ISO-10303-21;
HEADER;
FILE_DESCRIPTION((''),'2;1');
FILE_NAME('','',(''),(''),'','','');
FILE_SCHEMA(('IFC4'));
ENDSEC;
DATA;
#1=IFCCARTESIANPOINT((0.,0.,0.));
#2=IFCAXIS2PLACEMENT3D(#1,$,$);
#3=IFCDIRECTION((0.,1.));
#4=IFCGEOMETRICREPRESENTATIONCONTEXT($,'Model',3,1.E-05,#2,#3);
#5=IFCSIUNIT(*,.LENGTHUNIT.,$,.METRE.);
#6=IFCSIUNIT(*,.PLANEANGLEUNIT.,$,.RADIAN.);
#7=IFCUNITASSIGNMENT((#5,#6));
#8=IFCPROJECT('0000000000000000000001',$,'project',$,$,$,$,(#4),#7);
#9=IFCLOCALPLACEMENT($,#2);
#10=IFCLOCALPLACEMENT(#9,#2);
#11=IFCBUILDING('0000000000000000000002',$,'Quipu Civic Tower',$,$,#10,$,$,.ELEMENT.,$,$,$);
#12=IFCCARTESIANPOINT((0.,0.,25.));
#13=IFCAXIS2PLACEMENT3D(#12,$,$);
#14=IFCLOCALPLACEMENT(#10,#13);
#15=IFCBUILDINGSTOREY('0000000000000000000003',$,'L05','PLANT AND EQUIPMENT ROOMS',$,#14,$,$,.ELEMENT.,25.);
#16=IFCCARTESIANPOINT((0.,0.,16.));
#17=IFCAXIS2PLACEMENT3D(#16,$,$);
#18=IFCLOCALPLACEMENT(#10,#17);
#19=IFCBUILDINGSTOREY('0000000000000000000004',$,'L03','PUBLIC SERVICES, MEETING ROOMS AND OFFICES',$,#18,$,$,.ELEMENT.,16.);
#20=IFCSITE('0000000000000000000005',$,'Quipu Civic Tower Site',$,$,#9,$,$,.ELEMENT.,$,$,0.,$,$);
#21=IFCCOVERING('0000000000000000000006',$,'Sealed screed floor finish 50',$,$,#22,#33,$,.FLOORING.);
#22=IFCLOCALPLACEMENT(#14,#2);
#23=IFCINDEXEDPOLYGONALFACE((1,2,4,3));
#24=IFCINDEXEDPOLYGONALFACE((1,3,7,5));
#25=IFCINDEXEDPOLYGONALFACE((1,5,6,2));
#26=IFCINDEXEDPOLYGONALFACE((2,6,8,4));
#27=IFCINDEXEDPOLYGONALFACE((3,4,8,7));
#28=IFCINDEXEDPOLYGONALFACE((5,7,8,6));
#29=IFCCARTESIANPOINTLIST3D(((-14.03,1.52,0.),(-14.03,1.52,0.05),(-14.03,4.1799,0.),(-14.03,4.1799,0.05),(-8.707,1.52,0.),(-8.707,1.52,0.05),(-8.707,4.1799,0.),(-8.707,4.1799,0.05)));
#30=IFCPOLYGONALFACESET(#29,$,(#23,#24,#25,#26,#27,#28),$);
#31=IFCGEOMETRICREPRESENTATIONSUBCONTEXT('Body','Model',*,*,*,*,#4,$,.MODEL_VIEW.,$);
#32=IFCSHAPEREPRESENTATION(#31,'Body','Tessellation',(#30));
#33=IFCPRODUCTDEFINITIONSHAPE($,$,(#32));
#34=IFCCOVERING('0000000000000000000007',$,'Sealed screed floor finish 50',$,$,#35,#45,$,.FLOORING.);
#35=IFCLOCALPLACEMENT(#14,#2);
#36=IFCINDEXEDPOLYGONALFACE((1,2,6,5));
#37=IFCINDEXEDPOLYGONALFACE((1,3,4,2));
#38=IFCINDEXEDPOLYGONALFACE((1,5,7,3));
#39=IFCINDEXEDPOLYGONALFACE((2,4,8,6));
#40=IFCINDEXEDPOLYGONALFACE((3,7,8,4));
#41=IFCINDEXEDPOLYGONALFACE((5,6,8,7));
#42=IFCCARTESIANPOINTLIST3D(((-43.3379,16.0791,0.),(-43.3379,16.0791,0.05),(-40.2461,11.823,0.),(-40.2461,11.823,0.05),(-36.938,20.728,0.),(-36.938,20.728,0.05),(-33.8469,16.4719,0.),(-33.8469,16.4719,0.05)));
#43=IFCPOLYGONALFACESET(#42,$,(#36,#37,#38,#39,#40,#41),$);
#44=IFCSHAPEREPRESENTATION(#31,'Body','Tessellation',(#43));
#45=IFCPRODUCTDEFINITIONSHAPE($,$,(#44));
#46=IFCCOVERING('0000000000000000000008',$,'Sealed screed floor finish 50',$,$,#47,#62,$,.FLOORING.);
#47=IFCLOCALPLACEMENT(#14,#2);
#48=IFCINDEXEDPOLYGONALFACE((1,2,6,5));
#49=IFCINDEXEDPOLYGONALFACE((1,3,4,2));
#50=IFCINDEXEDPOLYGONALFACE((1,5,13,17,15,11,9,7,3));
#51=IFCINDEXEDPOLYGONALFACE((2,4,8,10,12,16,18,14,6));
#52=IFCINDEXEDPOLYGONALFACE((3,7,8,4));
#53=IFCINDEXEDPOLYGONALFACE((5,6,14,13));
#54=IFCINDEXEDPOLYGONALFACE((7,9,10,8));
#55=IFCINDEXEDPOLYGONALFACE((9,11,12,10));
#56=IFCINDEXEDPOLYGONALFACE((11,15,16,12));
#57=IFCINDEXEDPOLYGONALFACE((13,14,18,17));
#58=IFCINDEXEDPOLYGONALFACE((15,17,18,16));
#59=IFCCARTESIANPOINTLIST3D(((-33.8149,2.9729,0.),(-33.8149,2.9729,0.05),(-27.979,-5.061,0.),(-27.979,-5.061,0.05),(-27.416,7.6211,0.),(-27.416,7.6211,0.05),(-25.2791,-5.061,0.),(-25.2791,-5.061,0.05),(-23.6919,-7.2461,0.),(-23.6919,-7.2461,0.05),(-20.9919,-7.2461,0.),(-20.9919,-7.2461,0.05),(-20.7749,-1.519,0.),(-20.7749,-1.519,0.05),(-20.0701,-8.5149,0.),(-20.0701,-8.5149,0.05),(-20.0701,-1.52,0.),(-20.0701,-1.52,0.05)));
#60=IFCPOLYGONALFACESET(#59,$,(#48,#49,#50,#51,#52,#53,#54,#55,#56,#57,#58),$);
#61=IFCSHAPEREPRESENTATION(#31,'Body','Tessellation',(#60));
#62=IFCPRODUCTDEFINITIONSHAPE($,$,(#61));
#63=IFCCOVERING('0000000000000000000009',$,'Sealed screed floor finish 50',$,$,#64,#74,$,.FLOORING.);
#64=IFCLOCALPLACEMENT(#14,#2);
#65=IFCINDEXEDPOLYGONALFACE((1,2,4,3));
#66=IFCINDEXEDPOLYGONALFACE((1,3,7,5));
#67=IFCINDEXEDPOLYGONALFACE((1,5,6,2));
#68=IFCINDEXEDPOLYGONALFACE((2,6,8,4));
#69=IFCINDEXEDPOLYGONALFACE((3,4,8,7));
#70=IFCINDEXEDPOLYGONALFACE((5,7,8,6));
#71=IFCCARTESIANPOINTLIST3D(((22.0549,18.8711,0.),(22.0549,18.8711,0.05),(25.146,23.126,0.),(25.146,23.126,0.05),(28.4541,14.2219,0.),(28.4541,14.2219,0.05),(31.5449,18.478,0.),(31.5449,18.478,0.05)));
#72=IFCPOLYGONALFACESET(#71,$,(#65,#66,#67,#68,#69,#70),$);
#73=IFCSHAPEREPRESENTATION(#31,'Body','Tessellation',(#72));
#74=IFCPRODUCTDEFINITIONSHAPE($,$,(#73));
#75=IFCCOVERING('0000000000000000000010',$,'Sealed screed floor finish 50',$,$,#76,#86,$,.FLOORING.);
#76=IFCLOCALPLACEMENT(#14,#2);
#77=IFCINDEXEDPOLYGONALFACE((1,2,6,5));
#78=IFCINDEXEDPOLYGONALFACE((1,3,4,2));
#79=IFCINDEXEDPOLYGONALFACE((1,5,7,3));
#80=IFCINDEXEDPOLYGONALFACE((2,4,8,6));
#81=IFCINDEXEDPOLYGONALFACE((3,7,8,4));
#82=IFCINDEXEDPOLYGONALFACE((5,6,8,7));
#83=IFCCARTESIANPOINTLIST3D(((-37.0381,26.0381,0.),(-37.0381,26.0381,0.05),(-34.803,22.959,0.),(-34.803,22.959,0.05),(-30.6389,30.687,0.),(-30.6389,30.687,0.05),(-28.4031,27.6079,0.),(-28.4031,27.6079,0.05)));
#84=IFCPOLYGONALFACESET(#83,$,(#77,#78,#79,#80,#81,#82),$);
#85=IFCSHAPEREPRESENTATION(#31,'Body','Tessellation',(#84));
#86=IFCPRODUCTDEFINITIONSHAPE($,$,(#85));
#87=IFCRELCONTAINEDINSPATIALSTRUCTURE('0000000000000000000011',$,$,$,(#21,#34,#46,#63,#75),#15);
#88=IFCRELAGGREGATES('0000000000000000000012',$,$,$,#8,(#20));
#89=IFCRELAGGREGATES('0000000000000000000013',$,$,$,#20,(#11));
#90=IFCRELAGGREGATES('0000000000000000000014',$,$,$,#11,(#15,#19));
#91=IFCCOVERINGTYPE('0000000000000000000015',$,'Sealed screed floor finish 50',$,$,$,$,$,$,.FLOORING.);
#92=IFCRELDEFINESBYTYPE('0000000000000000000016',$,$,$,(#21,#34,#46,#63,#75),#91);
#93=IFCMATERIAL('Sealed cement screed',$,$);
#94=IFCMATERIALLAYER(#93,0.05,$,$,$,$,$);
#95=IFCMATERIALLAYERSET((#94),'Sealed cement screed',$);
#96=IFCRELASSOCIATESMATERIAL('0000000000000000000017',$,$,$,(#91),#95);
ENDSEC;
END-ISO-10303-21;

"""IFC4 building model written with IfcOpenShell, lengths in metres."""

from ifc_helpers import new_model, si_unit, direction, frame, origin, place, context, subcontext, project, spatial, polyline, outline, extrude, material, layer, layer_set, type_object, element, save


model = new_model("IFC4")

# Units and contexts
model_context = context("Model", 3, precision=1e-05, world=origin(), true_north=direction((0.0, 1.0)))
body_context = subcontext(model_context, "Body", "Model", "MODEL_VIEW")
ifc_project = project(units=[si_unit("LENGTHUNIT", "METRE"), si_unit("PLANEANGLEUNIT", "RADIAN")], contexts=[model_context])

# Site, building, storey
site_placement = place(None, origin())
site = spatial("IfcSite", under=ifc_project, at=site_placement, Name="Quipu Civic Tower Site", CompositionType="ELEMENT", RefElevation=0.0)
building_placement = place(site_placement, origin())
building = spatial("IfcBuilding", under=site, at=building_placement, Name="Quipu Civic Tower", CompositionType="ELEMENT")
storey_1_placement = place(building_placement, frame((0.0, 0.0, 25.0)))
storey_1 = spatial("IfcBuildingStorey", under=building, at=storey_1_placement, Name="L05", Description="PLANT AND EQUIPMENT ROOMS", CompositionType="ELEMENT", Elevation=25.0)

# Shared definitions
storey_2_placement = place(building_placement, frame((0.0, 0.0, 16.0)))
storey_2 = spatial("IfcBuildingStorey", under=building, at=storey_2_placement, Name="L03", Description="PUBLIC SERVICES, MEETING ROOMS AND OFFICES", CompositionType="ELEMENT", Elevation=16.0)

# Coverings
ifc_material_1 = material(Name="Sealed cement screed")
ifc_layer_1 = layer(ifc_material_1, 0.05)
ifc_layer_set_1 = layer_set([ifc_layer_1], Name="Sealed cement screed")
covering_type = type_object("IfcCoveringType", Name="Sealed screed floor finish 50", PredefinedType="FLOORING", material=ifc_layer_set_1)
covering_1_placement = place(storey_1_placement, origin())
element("IfcCovering", 1, at=covering_1_placement, inside=storey_1, type_object=covering_type, Name="Sealed screed floor finish 50", PredefinedType="FLOORING", context=body_context, shape_type="SweptSolid", body=[
    extrude(outline(polyline([(-14.03, 1.52), (-14.03, 4.1799), (-8.707, 4.1799), (-8.707, 1.52), (-14.03, 1.52)])), origin(), (0.0, 0.0, 1.0), 0.05),
])
covering_2_placement = place(storey_1_placement, origin())
element("IfcCovering", 2, at=covering_2_placement, inside=storey_1, type_object=covering_type, Name="Sealed screed floor finish 50", PredefinedType="FLOORING", context=body_context, shape_type="SweptSolid", body=[
    extrude(outline(polyline([(-43.3379, 16.0791), (-36.938, 20.728), (-33.8469, 16.4719), (-40.2461, 11.823), (-43.3379, 16.0791)])), origin(), (0.0, 0.0, 1.0), 0.05),
])
covering_3_placement = place(storey_1_placement, origin())
element("IfcCovering", 3, at=covering_3_placement, inside=storey_1, type_object=covering_type, Name="Sealed screed floor finish 50", PredefinedType="FLOORING", context=body_context, shape_type="SweptSolid", body=[
    extrude(outline(polyline([(-33.8149, 2.9729), (-27.416, 7.6211), (-20.7749, -1.519), (-20.0701, -1.52), (-20.0701, -8.5149), (-20.9919, -7.2461), (-23.6919, -7.2461), (-25.2791, -5.061), (-27.979, -5.061), (-33.8149, 2.9729)])), origin(), (0.0, 0.0, 1.0), 0.05),
])
covering_4_placement = place(storey_1_placement, origin())
element("IfcCovering", 4, at=covering_4_placement, inside=storey_1, type_object=covering_type, Name="Sealed screed floor finish 50", PredefinedType="FLOORING", context=body_context, shape_type="SweptSolid", body=[
    extrude(outline(polyline([(22.0549, 18.8711), (25.146, 23.126), (31.5449, 18.478), (28.4541, 14.2219), (22.0549, 18.8711)])), origin(), (0.0, 0.0, 1.0), 0.05),
])
covering_5_placement = place(storey_1_placement, origin())
element("IfcCovering", 5, at=covering_5_placement, inside=storey_1, type_object=covering_type, Name="Sealed screed floor finish 50", PredefinedType="FLOORING", context=body_context, shape_type="SweptSolid", body=[
    extrude(outline(polyline([(-37.0381, 26.0381), (-30.6389, 30.687), (-28.4031, 27.6079), (-34.803, 22.959), (-37.0381, 26.0381)])), origin(), (0.0, 0.0, 1.0), 0.05),
])

save(model, "model.ifc")
